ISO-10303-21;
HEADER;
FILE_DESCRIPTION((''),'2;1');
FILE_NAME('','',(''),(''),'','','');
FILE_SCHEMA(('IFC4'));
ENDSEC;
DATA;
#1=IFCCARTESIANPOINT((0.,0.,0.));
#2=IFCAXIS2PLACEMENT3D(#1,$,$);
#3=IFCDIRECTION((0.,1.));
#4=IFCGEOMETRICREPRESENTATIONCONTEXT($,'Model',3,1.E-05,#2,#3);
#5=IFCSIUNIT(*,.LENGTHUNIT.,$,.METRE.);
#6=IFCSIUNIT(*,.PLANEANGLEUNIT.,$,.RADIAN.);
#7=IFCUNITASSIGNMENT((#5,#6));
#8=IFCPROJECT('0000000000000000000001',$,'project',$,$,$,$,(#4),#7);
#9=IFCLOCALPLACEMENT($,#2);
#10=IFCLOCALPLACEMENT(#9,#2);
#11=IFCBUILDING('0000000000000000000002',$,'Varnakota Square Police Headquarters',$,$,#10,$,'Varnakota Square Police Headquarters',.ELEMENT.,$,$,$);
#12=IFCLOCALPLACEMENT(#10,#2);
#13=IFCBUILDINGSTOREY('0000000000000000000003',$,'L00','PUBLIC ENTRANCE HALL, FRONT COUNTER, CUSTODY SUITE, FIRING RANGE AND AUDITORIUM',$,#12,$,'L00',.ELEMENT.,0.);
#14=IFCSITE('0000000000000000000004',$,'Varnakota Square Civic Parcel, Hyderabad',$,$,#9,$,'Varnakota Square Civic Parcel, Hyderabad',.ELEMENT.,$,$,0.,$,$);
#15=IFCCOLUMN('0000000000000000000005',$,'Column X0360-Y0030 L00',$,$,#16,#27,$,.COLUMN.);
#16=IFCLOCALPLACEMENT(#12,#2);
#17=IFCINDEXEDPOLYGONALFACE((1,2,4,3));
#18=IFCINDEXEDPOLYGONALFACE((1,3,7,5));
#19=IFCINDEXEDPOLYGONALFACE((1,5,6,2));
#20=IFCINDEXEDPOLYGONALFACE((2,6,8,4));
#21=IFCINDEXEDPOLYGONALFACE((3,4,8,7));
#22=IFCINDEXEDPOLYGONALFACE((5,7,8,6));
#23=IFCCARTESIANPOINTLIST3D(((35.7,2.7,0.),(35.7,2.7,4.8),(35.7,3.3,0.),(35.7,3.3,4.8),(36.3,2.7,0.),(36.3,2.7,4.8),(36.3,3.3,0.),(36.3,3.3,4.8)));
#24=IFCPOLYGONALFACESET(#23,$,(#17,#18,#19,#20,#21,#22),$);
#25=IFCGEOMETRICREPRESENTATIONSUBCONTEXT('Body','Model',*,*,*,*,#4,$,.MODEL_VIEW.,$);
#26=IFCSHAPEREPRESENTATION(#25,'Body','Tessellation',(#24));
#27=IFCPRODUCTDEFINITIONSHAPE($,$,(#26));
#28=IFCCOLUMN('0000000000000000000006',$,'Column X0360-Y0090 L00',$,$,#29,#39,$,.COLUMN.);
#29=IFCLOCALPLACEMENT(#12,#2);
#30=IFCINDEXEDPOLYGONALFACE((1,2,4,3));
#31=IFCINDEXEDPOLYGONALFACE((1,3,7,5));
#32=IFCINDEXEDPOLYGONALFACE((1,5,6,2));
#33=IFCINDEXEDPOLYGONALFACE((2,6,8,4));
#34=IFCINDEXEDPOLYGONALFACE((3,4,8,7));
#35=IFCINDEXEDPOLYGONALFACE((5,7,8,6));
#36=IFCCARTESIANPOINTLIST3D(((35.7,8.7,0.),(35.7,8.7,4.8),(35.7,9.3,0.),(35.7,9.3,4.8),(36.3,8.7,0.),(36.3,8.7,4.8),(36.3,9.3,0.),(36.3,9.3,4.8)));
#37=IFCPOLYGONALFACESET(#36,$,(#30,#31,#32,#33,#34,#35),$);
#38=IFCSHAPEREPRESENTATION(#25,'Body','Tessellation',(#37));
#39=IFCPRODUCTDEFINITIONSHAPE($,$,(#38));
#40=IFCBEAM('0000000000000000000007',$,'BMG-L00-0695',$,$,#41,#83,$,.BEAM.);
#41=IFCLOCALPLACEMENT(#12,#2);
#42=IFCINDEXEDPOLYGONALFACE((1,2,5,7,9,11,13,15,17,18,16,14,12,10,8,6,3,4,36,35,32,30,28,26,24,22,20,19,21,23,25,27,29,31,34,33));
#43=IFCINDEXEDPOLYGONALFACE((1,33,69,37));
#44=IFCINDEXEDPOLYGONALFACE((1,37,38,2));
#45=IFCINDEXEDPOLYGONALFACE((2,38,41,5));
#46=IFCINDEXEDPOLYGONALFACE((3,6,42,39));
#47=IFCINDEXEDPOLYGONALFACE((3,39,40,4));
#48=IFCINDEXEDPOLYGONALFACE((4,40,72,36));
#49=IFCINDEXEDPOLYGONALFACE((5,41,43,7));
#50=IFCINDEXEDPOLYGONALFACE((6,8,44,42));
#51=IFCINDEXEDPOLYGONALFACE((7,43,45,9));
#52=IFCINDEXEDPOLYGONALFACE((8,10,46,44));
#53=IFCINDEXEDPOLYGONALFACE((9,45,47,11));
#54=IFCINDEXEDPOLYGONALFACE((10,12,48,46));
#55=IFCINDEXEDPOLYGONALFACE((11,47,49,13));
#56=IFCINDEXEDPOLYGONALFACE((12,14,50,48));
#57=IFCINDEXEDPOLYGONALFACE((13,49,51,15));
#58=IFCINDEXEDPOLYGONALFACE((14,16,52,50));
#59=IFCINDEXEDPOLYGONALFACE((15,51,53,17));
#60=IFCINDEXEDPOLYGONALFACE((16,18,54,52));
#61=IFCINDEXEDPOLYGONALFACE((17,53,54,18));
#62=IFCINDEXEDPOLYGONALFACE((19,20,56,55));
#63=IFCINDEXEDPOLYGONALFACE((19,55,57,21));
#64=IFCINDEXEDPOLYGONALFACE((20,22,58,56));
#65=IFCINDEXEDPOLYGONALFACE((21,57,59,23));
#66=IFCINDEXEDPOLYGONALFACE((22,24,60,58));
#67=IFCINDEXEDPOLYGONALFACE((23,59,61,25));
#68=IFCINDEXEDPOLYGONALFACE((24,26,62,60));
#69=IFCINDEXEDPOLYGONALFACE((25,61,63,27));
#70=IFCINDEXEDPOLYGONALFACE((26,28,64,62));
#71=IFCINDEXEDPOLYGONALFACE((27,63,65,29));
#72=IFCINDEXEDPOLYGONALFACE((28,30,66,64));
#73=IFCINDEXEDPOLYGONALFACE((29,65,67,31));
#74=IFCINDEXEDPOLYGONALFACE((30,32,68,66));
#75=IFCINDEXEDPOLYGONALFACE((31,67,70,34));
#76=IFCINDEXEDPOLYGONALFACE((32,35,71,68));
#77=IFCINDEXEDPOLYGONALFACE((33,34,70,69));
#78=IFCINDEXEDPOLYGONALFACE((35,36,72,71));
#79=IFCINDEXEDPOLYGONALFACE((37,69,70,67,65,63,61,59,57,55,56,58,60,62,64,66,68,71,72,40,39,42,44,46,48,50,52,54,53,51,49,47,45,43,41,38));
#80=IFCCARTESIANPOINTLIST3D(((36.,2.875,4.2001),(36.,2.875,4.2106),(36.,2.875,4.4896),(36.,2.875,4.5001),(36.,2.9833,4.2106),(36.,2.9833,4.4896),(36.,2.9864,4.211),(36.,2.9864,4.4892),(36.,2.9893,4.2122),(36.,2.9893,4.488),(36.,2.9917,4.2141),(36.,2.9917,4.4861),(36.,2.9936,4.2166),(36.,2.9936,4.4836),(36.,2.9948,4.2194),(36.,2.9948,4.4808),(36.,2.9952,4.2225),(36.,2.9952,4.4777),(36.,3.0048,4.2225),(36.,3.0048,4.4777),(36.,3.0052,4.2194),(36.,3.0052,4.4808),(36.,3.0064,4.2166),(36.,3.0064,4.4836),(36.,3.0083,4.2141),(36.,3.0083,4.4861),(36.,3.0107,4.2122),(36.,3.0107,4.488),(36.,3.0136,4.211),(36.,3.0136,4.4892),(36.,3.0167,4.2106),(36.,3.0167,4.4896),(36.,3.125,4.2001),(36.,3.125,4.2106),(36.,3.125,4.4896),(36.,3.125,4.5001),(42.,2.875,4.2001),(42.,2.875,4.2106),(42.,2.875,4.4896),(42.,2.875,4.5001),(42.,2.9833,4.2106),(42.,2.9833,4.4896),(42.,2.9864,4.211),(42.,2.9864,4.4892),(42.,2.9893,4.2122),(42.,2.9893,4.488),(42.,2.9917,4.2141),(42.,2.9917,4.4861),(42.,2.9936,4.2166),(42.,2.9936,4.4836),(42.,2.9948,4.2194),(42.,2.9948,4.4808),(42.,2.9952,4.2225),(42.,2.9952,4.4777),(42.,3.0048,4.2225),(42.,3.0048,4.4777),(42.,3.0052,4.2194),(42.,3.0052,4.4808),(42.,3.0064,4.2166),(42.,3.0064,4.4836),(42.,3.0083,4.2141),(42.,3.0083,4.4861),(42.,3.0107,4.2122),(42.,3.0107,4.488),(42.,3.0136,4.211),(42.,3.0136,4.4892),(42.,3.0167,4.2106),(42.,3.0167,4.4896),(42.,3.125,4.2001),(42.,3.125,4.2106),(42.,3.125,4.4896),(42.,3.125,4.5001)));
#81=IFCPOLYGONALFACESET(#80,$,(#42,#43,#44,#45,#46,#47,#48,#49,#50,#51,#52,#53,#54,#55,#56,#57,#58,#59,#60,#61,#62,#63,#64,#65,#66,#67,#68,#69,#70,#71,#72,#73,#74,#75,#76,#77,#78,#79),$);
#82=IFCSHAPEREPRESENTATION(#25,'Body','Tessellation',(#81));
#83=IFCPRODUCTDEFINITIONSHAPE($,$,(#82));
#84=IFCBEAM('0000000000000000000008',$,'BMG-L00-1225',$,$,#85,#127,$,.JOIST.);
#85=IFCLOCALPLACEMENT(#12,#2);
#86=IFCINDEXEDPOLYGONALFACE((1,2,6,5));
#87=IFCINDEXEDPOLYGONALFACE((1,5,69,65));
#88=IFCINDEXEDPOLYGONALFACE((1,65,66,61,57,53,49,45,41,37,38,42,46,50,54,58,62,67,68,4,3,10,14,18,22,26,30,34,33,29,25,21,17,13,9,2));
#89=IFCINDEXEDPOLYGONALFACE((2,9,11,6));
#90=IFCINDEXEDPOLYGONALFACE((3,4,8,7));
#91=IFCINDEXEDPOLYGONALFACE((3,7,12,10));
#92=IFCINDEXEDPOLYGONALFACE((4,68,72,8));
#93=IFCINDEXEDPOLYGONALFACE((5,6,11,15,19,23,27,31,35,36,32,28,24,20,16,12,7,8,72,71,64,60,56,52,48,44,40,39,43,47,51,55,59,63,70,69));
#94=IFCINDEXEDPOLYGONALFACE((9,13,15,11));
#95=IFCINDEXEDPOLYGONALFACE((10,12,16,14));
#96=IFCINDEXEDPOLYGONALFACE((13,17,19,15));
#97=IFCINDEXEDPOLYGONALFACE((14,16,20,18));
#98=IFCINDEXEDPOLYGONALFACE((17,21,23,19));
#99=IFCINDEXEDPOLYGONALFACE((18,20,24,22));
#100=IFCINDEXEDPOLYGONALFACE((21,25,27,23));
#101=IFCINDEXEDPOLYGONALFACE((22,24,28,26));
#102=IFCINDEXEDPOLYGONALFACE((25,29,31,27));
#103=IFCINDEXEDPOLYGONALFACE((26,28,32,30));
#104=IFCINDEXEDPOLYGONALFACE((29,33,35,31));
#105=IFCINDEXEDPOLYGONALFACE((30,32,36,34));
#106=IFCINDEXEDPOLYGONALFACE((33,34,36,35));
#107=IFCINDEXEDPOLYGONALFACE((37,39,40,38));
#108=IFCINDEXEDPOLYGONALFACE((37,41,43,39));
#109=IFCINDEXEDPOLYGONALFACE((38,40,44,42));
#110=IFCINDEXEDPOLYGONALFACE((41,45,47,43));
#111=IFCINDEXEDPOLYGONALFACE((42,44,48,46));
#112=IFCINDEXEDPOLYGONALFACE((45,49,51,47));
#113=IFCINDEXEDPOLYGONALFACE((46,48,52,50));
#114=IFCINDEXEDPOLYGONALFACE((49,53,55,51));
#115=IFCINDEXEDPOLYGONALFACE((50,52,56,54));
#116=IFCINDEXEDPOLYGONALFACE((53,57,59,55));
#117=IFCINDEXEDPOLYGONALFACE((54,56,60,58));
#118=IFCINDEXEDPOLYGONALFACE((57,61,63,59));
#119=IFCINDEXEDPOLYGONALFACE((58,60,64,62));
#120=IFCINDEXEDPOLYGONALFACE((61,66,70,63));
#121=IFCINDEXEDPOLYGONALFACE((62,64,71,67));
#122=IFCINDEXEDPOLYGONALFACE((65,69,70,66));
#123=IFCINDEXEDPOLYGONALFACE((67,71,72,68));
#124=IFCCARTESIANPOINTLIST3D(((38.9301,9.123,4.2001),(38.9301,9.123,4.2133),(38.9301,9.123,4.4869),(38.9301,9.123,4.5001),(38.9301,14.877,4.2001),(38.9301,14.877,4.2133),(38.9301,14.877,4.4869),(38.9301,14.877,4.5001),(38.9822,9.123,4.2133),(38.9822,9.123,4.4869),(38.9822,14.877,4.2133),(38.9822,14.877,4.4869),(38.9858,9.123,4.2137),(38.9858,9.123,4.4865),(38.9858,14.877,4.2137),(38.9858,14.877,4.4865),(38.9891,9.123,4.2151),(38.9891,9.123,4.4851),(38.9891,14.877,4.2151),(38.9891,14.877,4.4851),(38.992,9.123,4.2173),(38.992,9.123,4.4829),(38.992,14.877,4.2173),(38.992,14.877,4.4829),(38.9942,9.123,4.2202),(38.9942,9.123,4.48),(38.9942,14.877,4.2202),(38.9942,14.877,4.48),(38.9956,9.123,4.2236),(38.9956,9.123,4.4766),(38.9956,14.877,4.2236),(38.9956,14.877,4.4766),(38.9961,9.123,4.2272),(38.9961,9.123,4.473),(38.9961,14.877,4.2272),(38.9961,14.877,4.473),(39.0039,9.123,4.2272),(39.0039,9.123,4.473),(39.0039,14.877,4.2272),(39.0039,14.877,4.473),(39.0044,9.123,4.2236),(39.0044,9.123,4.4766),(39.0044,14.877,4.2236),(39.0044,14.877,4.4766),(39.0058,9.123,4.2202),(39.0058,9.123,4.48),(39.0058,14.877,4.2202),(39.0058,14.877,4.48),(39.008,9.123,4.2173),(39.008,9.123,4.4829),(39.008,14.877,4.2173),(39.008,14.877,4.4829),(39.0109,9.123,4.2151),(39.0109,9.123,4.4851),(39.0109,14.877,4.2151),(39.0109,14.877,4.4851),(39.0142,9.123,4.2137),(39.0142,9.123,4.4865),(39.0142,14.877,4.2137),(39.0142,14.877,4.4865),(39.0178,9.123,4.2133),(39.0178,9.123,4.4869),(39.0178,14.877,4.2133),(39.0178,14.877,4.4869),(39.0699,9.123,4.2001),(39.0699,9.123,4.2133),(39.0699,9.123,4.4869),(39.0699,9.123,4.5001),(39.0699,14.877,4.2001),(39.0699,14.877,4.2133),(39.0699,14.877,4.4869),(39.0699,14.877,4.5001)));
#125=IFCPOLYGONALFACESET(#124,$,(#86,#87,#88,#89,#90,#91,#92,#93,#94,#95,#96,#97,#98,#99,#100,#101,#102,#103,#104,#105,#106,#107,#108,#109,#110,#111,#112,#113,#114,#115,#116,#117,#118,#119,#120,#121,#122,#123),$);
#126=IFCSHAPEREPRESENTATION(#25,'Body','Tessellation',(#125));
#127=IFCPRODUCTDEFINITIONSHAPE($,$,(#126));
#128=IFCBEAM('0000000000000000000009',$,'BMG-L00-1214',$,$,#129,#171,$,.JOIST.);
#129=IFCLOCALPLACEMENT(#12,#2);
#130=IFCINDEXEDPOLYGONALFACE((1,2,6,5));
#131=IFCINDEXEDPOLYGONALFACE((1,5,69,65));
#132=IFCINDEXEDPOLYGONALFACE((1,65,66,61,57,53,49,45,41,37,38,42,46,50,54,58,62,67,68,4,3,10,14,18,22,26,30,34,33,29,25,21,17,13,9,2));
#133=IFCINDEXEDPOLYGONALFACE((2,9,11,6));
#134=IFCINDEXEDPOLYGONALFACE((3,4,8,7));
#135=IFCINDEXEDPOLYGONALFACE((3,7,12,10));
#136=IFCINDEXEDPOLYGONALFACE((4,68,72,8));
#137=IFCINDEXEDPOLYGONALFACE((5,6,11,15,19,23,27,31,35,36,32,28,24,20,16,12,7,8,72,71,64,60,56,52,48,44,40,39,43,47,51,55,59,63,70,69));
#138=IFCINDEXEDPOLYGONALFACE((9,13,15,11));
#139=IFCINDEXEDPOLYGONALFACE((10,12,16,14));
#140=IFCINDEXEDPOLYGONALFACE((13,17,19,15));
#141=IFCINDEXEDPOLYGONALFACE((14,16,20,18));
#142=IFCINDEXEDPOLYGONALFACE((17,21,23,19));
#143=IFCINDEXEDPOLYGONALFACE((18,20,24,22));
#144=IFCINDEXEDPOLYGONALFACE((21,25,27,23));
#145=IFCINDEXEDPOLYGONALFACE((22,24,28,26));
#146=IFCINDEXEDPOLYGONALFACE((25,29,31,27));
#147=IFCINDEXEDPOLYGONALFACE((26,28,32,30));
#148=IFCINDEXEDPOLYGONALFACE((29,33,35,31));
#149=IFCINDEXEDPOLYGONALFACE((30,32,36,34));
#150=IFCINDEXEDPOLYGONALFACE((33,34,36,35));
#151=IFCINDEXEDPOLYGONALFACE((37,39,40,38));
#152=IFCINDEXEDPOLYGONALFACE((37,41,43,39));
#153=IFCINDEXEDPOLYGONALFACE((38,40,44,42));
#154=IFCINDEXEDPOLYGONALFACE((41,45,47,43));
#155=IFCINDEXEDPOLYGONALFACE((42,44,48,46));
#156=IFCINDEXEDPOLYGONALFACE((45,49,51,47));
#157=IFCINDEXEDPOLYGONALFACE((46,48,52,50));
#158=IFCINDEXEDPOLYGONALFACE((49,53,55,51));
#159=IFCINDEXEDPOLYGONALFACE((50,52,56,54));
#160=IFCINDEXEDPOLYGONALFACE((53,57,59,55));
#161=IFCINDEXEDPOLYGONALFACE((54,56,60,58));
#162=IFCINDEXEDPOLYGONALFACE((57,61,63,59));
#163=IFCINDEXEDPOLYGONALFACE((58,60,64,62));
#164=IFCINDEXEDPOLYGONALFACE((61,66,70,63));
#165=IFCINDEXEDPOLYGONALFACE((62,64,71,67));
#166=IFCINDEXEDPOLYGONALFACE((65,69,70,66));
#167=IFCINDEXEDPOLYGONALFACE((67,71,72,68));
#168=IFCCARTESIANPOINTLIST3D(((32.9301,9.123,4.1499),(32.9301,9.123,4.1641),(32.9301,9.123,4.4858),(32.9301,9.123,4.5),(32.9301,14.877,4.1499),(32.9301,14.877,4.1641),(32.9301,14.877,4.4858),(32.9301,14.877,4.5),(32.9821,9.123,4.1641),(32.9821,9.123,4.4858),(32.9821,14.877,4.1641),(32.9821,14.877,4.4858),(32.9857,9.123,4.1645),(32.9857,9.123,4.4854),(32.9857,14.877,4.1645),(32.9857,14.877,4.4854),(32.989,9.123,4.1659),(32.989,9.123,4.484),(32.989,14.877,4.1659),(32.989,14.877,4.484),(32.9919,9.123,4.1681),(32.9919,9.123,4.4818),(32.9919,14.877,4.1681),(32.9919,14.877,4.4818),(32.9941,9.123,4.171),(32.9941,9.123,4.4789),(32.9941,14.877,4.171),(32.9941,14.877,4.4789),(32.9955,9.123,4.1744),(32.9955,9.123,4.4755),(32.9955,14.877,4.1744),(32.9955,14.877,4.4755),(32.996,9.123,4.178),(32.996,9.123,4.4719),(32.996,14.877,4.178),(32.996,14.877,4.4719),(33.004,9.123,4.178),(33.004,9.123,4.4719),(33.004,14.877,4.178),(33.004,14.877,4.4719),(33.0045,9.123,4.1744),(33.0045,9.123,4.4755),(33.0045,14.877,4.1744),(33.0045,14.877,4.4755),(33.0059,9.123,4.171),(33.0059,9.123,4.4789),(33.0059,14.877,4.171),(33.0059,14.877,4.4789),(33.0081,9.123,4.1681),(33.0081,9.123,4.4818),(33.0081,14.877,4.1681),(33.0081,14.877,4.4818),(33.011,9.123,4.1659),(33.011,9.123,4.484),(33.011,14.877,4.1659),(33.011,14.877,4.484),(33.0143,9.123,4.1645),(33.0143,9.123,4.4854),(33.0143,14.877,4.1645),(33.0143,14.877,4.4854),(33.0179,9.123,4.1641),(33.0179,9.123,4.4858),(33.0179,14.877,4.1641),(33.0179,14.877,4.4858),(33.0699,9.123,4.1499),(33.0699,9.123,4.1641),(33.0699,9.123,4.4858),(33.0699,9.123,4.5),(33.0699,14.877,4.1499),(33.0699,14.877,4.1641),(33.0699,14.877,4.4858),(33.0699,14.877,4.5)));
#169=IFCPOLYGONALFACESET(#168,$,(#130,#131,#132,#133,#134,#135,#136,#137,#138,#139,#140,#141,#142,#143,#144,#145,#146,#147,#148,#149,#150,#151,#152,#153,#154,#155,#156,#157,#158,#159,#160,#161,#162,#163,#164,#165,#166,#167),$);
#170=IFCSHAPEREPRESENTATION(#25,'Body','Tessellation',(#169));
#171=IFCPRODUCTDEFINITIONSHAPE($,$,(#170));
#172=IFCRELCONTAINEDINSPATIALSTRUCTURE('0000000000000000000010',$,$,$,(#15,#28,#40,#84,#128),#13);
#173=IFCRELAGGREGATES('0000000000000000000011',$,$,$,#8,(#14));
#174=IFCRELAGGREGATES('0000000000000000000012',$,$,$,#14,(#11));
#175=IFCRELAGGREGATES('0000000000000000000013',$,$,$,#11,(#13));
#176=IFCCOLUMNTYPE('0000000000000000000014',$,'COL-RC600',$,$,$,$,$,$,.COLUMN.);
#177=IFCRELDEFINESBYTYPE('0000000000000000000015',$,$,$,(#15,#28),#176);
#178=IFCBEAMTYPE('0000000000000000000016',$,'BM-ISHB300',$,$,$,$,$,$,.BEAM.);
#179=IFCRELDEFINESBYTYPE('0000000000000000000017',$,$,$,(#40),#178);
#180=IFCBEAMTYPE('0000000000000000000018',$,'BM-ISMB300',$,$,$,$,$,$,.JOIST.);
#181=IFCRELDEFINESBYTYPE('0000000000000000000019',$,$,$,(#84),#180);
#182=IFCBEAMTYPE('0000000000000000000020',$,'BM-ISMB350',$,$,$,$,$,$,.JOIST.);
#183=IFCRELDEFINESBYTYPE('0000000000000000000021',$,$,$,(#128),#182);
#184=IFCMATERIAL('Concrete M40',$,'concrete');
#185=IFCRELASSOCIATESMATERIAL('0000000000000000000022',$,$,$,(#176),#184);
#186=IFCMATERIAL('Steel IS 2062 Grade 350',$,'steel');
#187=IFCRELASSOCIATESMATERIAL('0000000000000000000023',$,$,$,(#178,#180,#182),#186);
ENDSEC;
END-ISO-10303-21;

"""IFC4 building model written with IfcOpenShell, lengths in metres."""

from ifc_helpers import new_model, si_unit, direction, frame, origin, origin_2d, place, context, subcontext, project, spatial, rectangle, i_section, extrude, material, material_profile, profile_set, type_object, element, save


model = new_model("IFC4")

# Units and contexts
model_context = context("Model", 3, precision=1e-05, world=origin(), true_north=direction((0.0, 1.0)))
body_context = subcontext(model_context, "Body", "Model", "MODEL_VIEW")
ifc_project = project(units=[si_unit("LENGTHUNIT", "METRE"), si_unit("PLANEANGLEUNIT", "RADIAN")], contexts=[model_context])

# Site, building, storey
site_placement = place(None, origin())
site = spatial("IfcSite", under=ifc_project, at=site_placement, Name="Varnakota Square Civic Parcel, Hyderabad", LongName="Varnakota Square Civic Parcel, Hyderabad", CompositionType="ELEMENT", RefElevation=0.0)
building_placement = place(site_placement, origin())
building = spatial("IfcBuilding", under=site, at=building_placement, Name="Varnakota Square Police Headquarters", LongName="Varnakota Square Police Headquarters", CompositionType="ELEMENT")
storey_placement = place(building_placement, origin())
storey = spatial("IfcBuildingStorey", under=building, at=storey_placement, Name="L00", Description="PUBLIC ENTRANCE HALL, FRONT COUNTER, CUSTODY SUITE, FIRING RANGE AND AUDITORIUM", LongName="L00", CompositionType="ELEMENT", Elevation=0.0)

# Columns
ifc_material_1 = material(Name="Concrete M40", Category="concrete")
ifc_material_profile_1 = material_profile(ifc_material_1, rectangle(XDim=0.6001, YDim=0.6001, at=origin_2d()), Name="RC 600x600")
ifc_profile_set_1 = profile_set([ifc_material_profile_1], Name="Concrete M40")
column_type = type_object("IfcColumnType", Name="COL-RC600", PredefinedType="COLUMN", material=ifc_profile_set_1)
for number, where, z_axis, x_axis, name in (
    (1, (36.0, 3.0, 0.0), (0.0, 0.0, 1.0), (1.0, 0.0, 0.0), "Column X0360-Y0030 L00"),
    (2, (36.0, 9.0, 0.0), (0.0, 0.0, 1.0), (1.0, 0.0, 0.0), "Column X0360-Y0090 L00"),
):
    element("IfcColumn", number, at=place(storey_placement, frame(where, z_axis=z_axis, x_axis=x_axis)), inside=storey, type_object=column_type, Name=name, PredefinedType="COLUMN", context=body_context, shape_type="SweptSolid", body=[
        extrude(rectangle(XDim=0.6001, YDim=0.6001, at=origin_2d()), origin(), (0.0, 0.0, 1.0), 4.8),
    ])

# Beams
ifc_material_2 = material(Name="Steel IS 2062 Grade 350", Category="steel")
ifc_material_profile_2 = material_profile(ifc_material_2, i_section(OverallWidth=0.25, OverallDepth=0.3, WebThickness=0.0095, FlangeThickness=0.0105, FilletRadius=0.012, at=origin_2d()), Name="ISHB 300")
ifc_profile_set_2 = profile_set([ifc_material_profile_2], Name="Steel IS 2062 Grade 350")
beam_type_1 = type_object("IfcBeamType", Name="BM-ISHB300", PredefinedType="BEAM", material=ifc_profile_set_2)
beam_1_placement = place(storey_placement, frame((36.0, 3.0, 4.3501), z_axis=(1.0, 0.0, 0.0), x_axis=(0.0, 1.0, 0.0)))
element("IfcBeam", 3, at=beam_1_placement, inside=storey, type_object=beam_type_1, Name="BMG-L00-0695", PredefinedType="BEAM", context=body_context, shape_type="SweptSolid", body=[
    extrude(i_section(OverallWidth=0.25, OverallDepth=0.3, WebThickness=0.0095, FlangeThickness=0.0105, FilletRadius=0.012, at=origin_2d()), origin(), (0.0, 0.0, 1.0), 6.0),
])
ifc_material_profile_3 = material_profile(ifc_material_2, i_section(OverallWidth=0.1399, OverallDepth=0.3, WebThickness=0.0078, FlangeThickness=0.0132, FilletRadius=0.0139, at=origin_2d()), Name="ISMB 300")
ifc_profile_set_3 = profile_set([ifc_material_profile_3], Name="Steel IS 2062 Grade 350")
beam_type_2 = type_object("IfcBeamType", Name="BM-ISMB300", PredefinedType="JOIST", material=ifc_profile_set_3)
beam_2_placement = place(storey_placement, frame((39.0, 9.123, 4.3501), z_axis=(0.0, 1.0, 0.0), x_axis=(-1.0, 0.0, 0.0)))
element("IfcBeam", 4, at=beam_2_placement, inside=storey, type_object=beam_type_2, Name="BMG-L00-1225", PredefinedType="JOIST", context=body_context, shape_type="SweptSolid", body=[
    extrude(i_section(OverallWidth=0.1399, OverallDepth=0.3, WebThickness=0.0078, FlangeThickness=0.0132, FilletRadius=0.0139, at=origin_2d()), origin(), (0.0, 0.0, 1.0), 5.7539),
])
ifc_material_profile_4 = material_profile(ifc_material_2, i_section(OverallWidth=0.1399, OverallDepth=0.3501, WebThickness=0.0081, FlangeThickness=0.0142, FilletRadius=0.0139, at=origin_2d()), Name="ISMB 350")
ifc_profile_set_4 = profile_set([ifc_material_profile_4], Name="Steel IS 2062 Grade 350")
beam_type_3 = type_object("IfcBeamType", Name="BM-ISMB350", PredefinedType="JOIST", material=ifc_profile_set_4)
for number, where, z_axis, x_axis, name in (
    (5, (33.0, 9.123, 4.325), (0.0, 1.0, 0.0), (-1.0, 0.0, 0.0), "BMG-L00-1214"),
):
    element("IfcBeam", number, at=place(storey_placement, frame(where, z_axis=z_axis, x_axis=x_axis)), inside=storey, type_object=beam_type_3, Name=name, PredefinedType="JOIST", context=body_context, shape_type="SweptSolid", body=[
        extrude(i_section(OverallWidth=0.1399, OverallDepth=0.3501, WebThickness=0.0081, FlangeThickness=0.0142, FilletRadius=0.0139, at=origin_2d()), origin(), (0.0, 0.0, 1.0), 5.7539),
    ])

save(model, "model.ifc")
